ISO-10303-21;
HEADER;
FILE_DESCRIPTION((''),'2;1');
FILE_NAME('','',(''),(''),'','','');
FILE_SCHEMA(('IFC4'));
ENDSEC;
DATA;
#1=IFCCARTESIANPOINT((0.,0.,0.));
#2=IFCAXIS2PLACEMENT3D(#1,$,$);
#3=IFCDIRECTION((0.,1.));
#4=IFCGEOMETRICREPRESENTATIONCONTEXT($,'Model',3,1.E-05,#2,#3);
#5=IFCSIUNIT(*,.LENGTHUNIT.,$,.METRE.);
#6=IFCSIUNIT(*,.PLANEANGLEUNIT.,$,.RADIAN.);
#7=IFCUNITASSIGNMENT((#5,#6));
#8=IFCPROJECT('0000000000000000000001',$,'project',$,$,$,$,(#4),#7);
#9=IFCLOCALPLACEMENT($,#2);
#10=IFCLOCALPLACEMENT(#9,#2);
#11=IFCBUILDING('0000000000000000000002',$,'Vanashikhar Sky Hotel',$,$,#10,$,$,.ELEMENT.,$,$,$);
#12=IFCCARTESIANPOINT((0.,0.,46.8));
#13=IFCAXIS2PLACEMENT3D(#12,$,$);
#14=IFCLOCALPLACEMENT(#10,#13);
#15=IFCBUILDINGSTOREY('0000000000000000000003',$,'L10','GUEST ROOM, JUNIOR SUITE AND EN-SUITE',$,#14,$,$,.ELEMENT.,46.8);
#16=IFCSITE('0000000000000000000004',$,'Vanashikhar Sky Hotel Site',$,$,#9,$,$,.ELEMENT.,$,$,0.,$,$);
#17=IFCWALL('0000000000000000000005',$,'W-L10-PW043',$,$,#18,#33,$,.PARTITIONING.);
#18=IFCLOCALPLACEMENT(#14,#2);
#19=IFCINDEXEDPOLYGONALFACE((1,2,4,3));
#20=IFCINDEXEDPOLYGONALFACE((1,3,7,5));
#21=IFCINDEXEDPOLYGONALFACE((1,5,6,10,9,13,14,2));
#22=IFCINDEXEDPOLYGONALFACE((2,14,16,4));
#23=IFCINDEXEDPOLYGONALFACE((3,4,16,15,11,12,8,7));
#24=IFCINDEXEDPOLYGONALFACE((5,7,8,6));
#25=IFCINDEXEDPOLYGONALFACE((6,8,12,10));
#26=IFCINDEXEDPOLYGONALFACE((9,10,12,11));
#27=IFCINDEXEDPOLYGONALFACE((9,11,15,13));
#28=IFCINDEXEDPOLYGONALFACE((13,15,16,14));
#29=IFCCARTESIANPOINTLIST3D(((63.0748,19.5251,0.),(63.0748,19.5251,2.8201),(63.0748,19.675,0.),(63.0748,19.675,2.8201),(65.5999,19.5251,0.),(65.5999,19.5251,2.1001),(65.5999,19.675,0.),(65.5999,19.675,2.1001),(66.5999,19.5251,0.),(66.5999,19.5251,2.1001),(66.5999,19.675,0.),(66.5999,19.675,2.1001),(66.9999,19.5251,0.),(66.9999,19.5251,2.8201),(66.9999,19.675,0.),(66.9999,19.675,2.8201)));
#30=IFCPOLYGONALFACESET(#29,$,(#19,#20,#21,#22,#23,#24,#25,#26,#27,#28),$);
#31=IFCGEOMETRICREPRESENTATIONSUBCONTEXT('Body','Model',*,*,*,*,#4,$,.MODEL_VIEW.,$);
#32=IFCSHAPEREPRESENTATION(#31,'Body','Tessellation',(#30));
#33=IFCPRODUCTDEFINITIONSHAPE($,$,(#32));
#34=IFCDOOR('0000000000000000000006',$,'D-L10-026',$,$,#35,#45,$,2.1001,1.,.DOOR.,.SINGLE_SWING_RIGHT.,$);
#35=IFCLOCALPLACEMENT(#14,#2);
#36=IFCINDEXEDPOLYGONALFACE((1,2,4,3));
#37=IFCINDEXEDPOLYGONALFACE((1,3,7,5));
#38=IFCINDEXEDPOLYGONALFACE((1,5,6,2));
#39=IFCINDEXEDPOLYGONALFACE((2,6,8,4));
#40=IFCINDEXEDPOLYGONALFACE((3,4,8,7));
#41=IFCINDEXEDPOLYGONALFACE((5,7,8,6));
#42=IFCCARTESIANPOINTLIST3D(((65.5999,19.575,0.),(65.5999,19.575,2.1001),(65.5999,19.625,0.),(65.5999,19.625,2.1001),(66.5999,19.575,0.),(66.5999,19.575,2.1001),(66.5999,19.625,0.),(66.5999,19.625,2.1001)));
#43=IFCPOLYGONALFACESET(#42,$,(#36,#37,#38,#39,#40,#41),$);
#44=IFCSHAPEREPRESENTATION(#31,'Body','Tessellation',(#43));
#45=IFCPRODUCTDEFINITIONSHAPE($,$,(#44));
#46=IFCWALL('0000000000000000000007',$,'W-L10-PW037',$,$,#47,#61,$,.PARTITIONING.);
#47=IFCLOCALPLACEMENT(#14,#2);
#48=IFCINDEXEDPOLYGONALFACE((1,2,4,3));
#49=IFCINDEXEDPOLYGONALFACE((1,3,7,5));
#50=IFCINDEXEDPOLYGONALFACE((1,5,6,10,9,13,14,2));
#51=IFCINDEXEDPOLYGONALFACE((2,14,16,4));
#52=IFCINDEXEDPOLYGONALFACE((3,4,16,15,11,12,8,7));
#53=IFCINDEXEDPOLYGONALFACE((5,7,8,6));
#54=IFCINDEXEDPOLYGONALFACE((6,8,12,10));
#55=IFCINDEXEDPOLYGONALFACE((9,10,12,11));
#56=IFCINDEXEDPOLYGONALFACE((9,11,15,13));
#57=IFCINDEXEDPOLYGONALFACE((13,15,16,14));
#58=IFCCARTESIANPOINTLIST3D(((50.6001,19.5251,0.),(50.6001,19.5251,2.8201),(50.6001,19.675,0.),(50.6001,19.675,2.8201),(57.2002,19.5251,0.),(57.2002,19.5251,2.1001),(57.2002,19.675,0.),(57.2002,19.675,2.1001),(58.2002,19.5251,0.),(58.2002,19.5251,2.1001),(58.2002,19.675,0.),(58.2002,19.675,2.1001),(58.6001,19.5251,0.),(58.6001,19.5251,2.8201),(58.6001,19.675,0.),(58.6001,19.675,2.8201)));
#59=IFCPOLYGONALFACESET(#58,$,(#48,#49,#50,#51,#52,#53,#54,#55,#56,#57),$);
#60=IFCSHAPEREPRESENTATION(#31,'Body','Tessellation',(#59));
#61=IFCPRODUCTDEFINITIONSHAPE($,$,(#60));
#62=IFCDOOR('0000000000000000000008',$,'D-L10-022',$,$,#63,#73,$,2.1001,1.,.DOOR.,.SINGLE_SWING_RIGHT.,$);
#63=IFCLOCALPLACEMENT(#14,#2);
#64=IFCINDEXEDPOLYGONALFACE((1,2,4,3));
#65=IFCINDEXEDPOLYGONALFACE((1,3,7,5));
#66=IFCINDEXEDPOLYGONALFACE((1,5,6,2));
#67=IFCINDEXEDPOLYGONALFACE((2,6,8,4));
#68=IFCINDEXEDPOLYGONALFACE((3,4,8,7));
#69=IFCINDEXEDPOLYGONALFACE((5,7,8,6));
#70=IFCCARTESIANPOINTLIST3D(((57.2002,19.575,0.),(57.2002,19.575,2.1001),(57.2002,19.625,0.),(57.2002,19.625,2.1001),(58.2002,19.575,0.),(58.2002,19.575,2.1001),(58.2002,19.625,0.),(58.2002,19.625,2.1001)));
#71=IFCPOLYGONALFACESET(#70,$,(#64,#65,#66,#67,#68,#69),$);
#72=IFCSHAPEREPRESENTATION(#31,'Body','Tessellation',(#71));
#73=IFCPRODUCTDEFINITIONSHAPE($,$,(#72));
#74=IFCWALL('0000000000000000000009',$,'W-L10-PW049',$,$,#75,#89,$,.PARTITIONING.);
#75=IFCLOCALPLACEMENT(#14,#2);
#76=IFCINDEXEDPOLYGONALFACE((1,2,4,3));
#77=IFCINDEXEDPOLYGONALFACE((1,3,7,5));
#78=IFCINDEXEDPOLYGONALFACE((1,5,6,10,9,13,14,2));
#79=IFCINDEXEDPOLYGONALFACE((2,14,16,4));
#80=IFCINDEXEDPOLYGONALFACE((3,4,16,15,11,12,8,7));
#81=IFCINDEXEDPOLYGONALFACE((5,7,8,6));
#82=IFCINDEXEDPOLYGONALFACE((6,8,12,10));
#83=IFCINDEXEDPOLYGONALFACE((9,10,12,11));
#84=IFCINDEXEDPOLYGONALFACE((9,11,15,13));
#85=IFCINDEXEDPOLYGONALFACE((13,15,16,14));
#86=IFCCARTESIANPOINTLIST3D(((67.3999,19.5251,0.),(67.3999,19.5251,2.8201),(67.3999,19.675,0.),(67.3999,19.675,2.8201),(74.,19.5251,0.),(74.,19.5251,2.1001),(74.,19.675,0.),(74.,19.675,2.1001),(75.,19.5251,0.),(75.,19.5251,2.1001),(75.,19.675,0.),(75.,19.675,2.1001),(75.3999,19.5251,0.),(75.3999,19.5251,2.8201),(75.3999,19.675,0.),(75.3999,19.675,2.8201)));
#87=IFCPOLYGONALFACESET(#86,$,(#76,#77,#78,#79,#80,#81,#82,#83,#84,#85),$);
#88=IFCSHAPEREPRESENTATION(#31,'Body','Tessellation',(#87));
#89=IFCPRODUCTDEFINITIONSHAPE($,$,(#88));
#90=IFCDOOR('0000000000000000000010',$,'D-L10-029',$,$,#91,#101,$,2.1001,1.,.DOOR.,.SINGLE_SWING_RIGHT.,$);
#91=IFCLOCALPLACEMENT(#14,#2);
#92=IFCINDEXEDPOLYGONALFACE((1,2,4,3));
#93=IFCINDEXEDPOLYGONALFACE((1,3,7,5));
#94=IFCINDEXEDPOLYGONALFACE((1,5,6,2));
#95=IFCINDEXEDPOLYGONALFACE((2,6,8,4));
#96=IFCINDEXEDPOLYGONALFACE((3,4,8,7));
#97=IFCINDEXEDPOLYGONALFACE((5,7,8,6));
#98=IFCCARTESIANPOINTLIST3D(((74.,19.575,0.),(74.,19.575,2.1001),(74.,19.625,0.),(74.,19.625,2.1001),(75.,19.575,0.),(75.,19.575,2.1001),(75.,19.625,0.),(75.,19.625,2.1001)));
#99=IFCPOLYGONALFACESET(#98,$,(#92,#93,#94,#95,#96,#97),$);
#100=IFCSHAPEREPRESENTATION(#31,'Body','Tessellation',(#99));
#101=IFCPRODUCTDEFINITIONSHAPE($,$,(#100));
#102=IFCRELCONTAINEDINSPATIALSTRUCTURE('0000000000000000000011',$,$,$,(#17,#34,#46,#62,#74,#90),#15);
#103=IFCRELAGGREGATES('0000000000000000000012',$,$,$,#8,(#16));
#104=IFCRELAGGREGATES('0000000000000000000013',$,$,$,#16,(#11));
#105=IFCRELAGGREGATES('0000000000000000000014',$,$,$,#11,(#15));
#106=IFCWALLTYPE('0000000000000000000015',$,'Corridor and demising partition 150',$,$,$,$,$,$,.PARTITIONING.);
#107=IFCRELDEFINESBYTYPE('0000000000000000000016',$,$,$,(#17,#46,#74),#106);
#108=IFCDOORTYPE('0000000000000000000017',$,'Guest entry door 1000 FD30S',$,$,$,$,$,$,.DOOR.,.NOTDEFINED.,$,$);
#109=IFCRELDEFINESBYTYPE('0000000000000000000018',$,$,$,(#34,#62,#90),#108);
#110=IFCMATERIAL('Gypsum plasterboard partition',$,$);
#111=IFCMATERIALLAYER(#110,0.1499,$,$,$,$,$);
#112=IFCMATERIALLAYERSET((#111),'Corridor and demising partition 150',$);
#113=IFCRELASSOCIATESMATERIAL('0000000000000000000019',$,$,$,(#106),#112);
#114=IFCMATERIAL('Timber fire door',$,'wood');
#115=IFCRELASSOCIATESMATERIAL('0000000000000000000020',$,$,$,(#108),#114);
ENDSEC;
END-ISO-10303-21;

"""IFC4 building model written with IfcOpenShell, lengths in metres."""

from ifc_helpers import new_model, si_unit, direction, frame, frame_2d, origin, place, context, subcontext, project, spatial, rectangle, extrude, source, transform, mapped, material, layer, layer_set, type_object, element, fill, save


model = new_model("IFC4")

# Units and contexts
model_context = context("Model", 3, precision=1e-05, world=origin(), true_north=direction((0.0, 1.0)))
body_context = subcontext(model_context, "Body", "Model", "MODEL_VIEW")
ifc_project = project(units=[si_unit("LENGTHUNIT", "METRE"), si_unit("PLANEANGLEUNIT", "RADIAN")], contexts=[model_context])

# Site, building, storey
site_placement = place(None, origin())
site = spatial("IfcSite", under=ifc_project, at=site_placement, Name="Vanashikhar Sky Hotel Site", CompositionType="ELEMENT", RefElevation=0.0)
building_placement = place(site_placement, origin())
building = spatial("IfcBuilding", under=site, at=building_placement, Name="Vanashikhar Sky Hotel", CompositionType="ELEMENT")
storey_placement = place(building_placement, frame((0.0, 0.0, 46.8)))
storey = spatial("IfcBuildingStorey", under=building, at=storey_placement, Name="L10", Description="GUEST ROOM, JUNIOR SUITE AND EN-SUITE", CompositionType="ELEMENT", Elevation=46.8)

# Shared definitions
ifc_material_1 = material(Name="Gypsum plasterboard partition")

# Walls, openings, doors
ifc_layer_1 = layer(ifc_material_1, 0.1499)
ifc_layer_set_1 = layer_set([ifc_layer_1], Name="Corridor and demising partition 150")
wall_type_1 = type_object("IfcWallType", Name="Corridor and demising partition 150", PredefinedType="PARTITIONING", material=ifc_layer_set_1)
shared_shape_1 = source(origin(), body_context, "Body", "SweptSolid", [
    extrude(rectangle(XDim=3.925, YDim=0.1499, at=frame_2d((1.9624, 0.0))), origin(), (0.0, 0.0, 1.0), 2.8201),
])
shared_shape_2 = source(origin(), body_context, "Body", "SweptSolid", [
    extrude(rectangle(XDim=1.0, YDim=2.1001, at=frame_2d((0.5, 1.05))), frame((0.0, 0.085, 0.0), z_axis=(0.0, -1.0, 0.0), x_axis=(1.0, 0.0, 0.0)), (0.0, 0.0, 1.0), 0.1699),
])
ifc_material_2 = material(Name="Timber fire door", Category="wood")
door_type_1 = type_object("IfcDoorType", Name="Guest entry door 1000 FD30S", OperationType="NOTDEFINED", PredefinedType="DOOR", material=ifc_material_2)
shared_shape_3 = source(origin(), body_context, "Body", "SweptSolid", [
    extrude(rectangle(XDim=1.0, YDim=2.1001, at=frame_2d((0.5, 1.05))), frame((0.0, 0.0249, 0.0), z_axis=(0.0, -1.0, 0.0), x_axis=(1.0, 0.0, 0.0)), (0.0, 0.0, 1.0), 0.05),
])
wall_1_placement = place(storey_placement, frame((63.075, 19.6001, 0.0), z_axis=(0.0, 0.0, 1.0), x_axis=(1.0, 0.0, 0.0)))
wall_1 = element("IfcWall", 1, at=wall_1_placement, inside=storey, type_object=wall_type_1, Name="W-L10-PW043", PredefinedType="PARTITIONING", context=body_context, shape_type="MappedRepresentation", body=[
    mapped(shared_shape_1, transform((0.0, 0.0, 0.0), scale=1.0)),
])
opening_1_placement = place(wall_1_placement, frame((2.5249, 0.0, 0.0)))
opening_1 = element("IfcOpeningElement", 2, at=opening_1_placement, cuts=wall_1, PredefinedType="OPENING", context=body_context, shape_type="MappedRepresentation", body=[
    mapped(shared_shape_2, transform((0.0, 0.0, 0.0), scale=1.0)),
])
door_1_placement = place(opening_1_placement, origin())
door_1 = element("IfcDoor", 3, at=door_1_placement, inside=storey, type_object=door_type_1, Name="D-L10-026", OperationType="SINGLE_SWING_RIGHT", OverallHeight=2.1001, OverallWidth=1.0, PredefinedType="DOOR", context=body_context, shape_type="MappedRepresentation", body=[
    mapped(shared_shape_3, transform((0.0, 0.0, 0.0), scale=1.0)),
])
fill(opening_1, door_1)
shared_shape_4 = source(origin(), body_context, "Body", "SweptSolid", [
    extrude(rectangle(XDim=8.0, YDim=0.1499, at=frame_2d((4.0, 0.0))), origin(), (0.0, 0.0, 1.0), 2.8201),
])
wall_2_placement = place(storey_placement, frame((50.6001, 19.6001, 0.0), z_axis=(0.0, 0.0, 1.0), x_axis=(1.0, 0.0, 0.0)))
wall_2 = element("IfcWall", 4, at=wall_2_placement, inside=storey, type_object=wall_type_1, Name="W-L10-PW037", PredefinedType="PARTITIONING", context=body_context, shape_type="MappedRepresentation", body=[
    mapped(shared_shape_4, transform((0.0, 0.0, 0.0), scale=1.0)),
])
opening_2_placement = place(wall_2_placement, frame((6.6001, 0.0, 0.0)))
opening_2 = element("IfcOpeningElement", 5, at=opening_2_placement, cuts=wall_2, PredefinedType="OPENING", context=body_context, shape_type="MappedRepresentation", body=[
    mapped(shared_shape_2, transform((0.0, 0.0, 0.0), scale=1.0)),
])
door_2_placement = place(opening_2_placement, origin())
door_2 = element("IfcDoor", 6, at=door_2_placement, inside=storey, type_object=door_type_1, Name="D-L10-022", OperationType="SINGLE_SWING_RIGHT", OverallHeight=2.1001, OverallWidth=1.0, PredefinedType="DOOR", context=body_context, shape_type="MappedRepresentation", body=[
    mapped(shared_shape_3, transform((0.0, 0.0, 0.0), scale=1.0)),
])
fill(opening_2, door_2)
wall_3_placement = place(storey_placement, frame((67.3999, 19.6001, 0.0), z_axis=(0.0, 0.0, 1.0), x_axis=(1.0, 0.0, 0.0)))
wall_3 = element("IfcWall", 7, at=wall_3_placement, inside=storey, type_object=wall_type_1, Name="W-L10-PW049", PredefinedType="PARTITIONING", context=body_context, shape_type="MappedRepresentation", body=[
    mapped(shared_shape_4, transform((0.0, 0.0, 0.0), scale=1.0)),
])
opening_3_placement = place(wall_3_placement, frame((6.6001, 0.0, 0.0)))
opening_3 = element("IfcOpeningElement", 8, at=opening_3_placement, cuts=wall_3, PredefinedType="OPENING", context=body_context, shape_type="MappedRepresentation", body=[
    mapped(shared_shape_2, transform((0.0, 0.0, 0.0), scale=1.0)),
])
door_3_placement = place(opening_3_placement, origin())
door_3 = element("IfcDoor", 9, at=door_3_placement, inside=storey, type_object=door_type_1, Name="D-L10-029", OperationType="SINGLE_SWING_RIGHT", OverallHeight=2.1001, OverallWidth=1.0, PredefinedType="DOOR", context=body_context, shape_type="MappedRepresentation", body=[
    mapped(shared_shape_3, transform((0.0, 0.0, 0.0), scale=1.0)),
])
fill(opening_3, door_3)

save(model, "model.ifc")
